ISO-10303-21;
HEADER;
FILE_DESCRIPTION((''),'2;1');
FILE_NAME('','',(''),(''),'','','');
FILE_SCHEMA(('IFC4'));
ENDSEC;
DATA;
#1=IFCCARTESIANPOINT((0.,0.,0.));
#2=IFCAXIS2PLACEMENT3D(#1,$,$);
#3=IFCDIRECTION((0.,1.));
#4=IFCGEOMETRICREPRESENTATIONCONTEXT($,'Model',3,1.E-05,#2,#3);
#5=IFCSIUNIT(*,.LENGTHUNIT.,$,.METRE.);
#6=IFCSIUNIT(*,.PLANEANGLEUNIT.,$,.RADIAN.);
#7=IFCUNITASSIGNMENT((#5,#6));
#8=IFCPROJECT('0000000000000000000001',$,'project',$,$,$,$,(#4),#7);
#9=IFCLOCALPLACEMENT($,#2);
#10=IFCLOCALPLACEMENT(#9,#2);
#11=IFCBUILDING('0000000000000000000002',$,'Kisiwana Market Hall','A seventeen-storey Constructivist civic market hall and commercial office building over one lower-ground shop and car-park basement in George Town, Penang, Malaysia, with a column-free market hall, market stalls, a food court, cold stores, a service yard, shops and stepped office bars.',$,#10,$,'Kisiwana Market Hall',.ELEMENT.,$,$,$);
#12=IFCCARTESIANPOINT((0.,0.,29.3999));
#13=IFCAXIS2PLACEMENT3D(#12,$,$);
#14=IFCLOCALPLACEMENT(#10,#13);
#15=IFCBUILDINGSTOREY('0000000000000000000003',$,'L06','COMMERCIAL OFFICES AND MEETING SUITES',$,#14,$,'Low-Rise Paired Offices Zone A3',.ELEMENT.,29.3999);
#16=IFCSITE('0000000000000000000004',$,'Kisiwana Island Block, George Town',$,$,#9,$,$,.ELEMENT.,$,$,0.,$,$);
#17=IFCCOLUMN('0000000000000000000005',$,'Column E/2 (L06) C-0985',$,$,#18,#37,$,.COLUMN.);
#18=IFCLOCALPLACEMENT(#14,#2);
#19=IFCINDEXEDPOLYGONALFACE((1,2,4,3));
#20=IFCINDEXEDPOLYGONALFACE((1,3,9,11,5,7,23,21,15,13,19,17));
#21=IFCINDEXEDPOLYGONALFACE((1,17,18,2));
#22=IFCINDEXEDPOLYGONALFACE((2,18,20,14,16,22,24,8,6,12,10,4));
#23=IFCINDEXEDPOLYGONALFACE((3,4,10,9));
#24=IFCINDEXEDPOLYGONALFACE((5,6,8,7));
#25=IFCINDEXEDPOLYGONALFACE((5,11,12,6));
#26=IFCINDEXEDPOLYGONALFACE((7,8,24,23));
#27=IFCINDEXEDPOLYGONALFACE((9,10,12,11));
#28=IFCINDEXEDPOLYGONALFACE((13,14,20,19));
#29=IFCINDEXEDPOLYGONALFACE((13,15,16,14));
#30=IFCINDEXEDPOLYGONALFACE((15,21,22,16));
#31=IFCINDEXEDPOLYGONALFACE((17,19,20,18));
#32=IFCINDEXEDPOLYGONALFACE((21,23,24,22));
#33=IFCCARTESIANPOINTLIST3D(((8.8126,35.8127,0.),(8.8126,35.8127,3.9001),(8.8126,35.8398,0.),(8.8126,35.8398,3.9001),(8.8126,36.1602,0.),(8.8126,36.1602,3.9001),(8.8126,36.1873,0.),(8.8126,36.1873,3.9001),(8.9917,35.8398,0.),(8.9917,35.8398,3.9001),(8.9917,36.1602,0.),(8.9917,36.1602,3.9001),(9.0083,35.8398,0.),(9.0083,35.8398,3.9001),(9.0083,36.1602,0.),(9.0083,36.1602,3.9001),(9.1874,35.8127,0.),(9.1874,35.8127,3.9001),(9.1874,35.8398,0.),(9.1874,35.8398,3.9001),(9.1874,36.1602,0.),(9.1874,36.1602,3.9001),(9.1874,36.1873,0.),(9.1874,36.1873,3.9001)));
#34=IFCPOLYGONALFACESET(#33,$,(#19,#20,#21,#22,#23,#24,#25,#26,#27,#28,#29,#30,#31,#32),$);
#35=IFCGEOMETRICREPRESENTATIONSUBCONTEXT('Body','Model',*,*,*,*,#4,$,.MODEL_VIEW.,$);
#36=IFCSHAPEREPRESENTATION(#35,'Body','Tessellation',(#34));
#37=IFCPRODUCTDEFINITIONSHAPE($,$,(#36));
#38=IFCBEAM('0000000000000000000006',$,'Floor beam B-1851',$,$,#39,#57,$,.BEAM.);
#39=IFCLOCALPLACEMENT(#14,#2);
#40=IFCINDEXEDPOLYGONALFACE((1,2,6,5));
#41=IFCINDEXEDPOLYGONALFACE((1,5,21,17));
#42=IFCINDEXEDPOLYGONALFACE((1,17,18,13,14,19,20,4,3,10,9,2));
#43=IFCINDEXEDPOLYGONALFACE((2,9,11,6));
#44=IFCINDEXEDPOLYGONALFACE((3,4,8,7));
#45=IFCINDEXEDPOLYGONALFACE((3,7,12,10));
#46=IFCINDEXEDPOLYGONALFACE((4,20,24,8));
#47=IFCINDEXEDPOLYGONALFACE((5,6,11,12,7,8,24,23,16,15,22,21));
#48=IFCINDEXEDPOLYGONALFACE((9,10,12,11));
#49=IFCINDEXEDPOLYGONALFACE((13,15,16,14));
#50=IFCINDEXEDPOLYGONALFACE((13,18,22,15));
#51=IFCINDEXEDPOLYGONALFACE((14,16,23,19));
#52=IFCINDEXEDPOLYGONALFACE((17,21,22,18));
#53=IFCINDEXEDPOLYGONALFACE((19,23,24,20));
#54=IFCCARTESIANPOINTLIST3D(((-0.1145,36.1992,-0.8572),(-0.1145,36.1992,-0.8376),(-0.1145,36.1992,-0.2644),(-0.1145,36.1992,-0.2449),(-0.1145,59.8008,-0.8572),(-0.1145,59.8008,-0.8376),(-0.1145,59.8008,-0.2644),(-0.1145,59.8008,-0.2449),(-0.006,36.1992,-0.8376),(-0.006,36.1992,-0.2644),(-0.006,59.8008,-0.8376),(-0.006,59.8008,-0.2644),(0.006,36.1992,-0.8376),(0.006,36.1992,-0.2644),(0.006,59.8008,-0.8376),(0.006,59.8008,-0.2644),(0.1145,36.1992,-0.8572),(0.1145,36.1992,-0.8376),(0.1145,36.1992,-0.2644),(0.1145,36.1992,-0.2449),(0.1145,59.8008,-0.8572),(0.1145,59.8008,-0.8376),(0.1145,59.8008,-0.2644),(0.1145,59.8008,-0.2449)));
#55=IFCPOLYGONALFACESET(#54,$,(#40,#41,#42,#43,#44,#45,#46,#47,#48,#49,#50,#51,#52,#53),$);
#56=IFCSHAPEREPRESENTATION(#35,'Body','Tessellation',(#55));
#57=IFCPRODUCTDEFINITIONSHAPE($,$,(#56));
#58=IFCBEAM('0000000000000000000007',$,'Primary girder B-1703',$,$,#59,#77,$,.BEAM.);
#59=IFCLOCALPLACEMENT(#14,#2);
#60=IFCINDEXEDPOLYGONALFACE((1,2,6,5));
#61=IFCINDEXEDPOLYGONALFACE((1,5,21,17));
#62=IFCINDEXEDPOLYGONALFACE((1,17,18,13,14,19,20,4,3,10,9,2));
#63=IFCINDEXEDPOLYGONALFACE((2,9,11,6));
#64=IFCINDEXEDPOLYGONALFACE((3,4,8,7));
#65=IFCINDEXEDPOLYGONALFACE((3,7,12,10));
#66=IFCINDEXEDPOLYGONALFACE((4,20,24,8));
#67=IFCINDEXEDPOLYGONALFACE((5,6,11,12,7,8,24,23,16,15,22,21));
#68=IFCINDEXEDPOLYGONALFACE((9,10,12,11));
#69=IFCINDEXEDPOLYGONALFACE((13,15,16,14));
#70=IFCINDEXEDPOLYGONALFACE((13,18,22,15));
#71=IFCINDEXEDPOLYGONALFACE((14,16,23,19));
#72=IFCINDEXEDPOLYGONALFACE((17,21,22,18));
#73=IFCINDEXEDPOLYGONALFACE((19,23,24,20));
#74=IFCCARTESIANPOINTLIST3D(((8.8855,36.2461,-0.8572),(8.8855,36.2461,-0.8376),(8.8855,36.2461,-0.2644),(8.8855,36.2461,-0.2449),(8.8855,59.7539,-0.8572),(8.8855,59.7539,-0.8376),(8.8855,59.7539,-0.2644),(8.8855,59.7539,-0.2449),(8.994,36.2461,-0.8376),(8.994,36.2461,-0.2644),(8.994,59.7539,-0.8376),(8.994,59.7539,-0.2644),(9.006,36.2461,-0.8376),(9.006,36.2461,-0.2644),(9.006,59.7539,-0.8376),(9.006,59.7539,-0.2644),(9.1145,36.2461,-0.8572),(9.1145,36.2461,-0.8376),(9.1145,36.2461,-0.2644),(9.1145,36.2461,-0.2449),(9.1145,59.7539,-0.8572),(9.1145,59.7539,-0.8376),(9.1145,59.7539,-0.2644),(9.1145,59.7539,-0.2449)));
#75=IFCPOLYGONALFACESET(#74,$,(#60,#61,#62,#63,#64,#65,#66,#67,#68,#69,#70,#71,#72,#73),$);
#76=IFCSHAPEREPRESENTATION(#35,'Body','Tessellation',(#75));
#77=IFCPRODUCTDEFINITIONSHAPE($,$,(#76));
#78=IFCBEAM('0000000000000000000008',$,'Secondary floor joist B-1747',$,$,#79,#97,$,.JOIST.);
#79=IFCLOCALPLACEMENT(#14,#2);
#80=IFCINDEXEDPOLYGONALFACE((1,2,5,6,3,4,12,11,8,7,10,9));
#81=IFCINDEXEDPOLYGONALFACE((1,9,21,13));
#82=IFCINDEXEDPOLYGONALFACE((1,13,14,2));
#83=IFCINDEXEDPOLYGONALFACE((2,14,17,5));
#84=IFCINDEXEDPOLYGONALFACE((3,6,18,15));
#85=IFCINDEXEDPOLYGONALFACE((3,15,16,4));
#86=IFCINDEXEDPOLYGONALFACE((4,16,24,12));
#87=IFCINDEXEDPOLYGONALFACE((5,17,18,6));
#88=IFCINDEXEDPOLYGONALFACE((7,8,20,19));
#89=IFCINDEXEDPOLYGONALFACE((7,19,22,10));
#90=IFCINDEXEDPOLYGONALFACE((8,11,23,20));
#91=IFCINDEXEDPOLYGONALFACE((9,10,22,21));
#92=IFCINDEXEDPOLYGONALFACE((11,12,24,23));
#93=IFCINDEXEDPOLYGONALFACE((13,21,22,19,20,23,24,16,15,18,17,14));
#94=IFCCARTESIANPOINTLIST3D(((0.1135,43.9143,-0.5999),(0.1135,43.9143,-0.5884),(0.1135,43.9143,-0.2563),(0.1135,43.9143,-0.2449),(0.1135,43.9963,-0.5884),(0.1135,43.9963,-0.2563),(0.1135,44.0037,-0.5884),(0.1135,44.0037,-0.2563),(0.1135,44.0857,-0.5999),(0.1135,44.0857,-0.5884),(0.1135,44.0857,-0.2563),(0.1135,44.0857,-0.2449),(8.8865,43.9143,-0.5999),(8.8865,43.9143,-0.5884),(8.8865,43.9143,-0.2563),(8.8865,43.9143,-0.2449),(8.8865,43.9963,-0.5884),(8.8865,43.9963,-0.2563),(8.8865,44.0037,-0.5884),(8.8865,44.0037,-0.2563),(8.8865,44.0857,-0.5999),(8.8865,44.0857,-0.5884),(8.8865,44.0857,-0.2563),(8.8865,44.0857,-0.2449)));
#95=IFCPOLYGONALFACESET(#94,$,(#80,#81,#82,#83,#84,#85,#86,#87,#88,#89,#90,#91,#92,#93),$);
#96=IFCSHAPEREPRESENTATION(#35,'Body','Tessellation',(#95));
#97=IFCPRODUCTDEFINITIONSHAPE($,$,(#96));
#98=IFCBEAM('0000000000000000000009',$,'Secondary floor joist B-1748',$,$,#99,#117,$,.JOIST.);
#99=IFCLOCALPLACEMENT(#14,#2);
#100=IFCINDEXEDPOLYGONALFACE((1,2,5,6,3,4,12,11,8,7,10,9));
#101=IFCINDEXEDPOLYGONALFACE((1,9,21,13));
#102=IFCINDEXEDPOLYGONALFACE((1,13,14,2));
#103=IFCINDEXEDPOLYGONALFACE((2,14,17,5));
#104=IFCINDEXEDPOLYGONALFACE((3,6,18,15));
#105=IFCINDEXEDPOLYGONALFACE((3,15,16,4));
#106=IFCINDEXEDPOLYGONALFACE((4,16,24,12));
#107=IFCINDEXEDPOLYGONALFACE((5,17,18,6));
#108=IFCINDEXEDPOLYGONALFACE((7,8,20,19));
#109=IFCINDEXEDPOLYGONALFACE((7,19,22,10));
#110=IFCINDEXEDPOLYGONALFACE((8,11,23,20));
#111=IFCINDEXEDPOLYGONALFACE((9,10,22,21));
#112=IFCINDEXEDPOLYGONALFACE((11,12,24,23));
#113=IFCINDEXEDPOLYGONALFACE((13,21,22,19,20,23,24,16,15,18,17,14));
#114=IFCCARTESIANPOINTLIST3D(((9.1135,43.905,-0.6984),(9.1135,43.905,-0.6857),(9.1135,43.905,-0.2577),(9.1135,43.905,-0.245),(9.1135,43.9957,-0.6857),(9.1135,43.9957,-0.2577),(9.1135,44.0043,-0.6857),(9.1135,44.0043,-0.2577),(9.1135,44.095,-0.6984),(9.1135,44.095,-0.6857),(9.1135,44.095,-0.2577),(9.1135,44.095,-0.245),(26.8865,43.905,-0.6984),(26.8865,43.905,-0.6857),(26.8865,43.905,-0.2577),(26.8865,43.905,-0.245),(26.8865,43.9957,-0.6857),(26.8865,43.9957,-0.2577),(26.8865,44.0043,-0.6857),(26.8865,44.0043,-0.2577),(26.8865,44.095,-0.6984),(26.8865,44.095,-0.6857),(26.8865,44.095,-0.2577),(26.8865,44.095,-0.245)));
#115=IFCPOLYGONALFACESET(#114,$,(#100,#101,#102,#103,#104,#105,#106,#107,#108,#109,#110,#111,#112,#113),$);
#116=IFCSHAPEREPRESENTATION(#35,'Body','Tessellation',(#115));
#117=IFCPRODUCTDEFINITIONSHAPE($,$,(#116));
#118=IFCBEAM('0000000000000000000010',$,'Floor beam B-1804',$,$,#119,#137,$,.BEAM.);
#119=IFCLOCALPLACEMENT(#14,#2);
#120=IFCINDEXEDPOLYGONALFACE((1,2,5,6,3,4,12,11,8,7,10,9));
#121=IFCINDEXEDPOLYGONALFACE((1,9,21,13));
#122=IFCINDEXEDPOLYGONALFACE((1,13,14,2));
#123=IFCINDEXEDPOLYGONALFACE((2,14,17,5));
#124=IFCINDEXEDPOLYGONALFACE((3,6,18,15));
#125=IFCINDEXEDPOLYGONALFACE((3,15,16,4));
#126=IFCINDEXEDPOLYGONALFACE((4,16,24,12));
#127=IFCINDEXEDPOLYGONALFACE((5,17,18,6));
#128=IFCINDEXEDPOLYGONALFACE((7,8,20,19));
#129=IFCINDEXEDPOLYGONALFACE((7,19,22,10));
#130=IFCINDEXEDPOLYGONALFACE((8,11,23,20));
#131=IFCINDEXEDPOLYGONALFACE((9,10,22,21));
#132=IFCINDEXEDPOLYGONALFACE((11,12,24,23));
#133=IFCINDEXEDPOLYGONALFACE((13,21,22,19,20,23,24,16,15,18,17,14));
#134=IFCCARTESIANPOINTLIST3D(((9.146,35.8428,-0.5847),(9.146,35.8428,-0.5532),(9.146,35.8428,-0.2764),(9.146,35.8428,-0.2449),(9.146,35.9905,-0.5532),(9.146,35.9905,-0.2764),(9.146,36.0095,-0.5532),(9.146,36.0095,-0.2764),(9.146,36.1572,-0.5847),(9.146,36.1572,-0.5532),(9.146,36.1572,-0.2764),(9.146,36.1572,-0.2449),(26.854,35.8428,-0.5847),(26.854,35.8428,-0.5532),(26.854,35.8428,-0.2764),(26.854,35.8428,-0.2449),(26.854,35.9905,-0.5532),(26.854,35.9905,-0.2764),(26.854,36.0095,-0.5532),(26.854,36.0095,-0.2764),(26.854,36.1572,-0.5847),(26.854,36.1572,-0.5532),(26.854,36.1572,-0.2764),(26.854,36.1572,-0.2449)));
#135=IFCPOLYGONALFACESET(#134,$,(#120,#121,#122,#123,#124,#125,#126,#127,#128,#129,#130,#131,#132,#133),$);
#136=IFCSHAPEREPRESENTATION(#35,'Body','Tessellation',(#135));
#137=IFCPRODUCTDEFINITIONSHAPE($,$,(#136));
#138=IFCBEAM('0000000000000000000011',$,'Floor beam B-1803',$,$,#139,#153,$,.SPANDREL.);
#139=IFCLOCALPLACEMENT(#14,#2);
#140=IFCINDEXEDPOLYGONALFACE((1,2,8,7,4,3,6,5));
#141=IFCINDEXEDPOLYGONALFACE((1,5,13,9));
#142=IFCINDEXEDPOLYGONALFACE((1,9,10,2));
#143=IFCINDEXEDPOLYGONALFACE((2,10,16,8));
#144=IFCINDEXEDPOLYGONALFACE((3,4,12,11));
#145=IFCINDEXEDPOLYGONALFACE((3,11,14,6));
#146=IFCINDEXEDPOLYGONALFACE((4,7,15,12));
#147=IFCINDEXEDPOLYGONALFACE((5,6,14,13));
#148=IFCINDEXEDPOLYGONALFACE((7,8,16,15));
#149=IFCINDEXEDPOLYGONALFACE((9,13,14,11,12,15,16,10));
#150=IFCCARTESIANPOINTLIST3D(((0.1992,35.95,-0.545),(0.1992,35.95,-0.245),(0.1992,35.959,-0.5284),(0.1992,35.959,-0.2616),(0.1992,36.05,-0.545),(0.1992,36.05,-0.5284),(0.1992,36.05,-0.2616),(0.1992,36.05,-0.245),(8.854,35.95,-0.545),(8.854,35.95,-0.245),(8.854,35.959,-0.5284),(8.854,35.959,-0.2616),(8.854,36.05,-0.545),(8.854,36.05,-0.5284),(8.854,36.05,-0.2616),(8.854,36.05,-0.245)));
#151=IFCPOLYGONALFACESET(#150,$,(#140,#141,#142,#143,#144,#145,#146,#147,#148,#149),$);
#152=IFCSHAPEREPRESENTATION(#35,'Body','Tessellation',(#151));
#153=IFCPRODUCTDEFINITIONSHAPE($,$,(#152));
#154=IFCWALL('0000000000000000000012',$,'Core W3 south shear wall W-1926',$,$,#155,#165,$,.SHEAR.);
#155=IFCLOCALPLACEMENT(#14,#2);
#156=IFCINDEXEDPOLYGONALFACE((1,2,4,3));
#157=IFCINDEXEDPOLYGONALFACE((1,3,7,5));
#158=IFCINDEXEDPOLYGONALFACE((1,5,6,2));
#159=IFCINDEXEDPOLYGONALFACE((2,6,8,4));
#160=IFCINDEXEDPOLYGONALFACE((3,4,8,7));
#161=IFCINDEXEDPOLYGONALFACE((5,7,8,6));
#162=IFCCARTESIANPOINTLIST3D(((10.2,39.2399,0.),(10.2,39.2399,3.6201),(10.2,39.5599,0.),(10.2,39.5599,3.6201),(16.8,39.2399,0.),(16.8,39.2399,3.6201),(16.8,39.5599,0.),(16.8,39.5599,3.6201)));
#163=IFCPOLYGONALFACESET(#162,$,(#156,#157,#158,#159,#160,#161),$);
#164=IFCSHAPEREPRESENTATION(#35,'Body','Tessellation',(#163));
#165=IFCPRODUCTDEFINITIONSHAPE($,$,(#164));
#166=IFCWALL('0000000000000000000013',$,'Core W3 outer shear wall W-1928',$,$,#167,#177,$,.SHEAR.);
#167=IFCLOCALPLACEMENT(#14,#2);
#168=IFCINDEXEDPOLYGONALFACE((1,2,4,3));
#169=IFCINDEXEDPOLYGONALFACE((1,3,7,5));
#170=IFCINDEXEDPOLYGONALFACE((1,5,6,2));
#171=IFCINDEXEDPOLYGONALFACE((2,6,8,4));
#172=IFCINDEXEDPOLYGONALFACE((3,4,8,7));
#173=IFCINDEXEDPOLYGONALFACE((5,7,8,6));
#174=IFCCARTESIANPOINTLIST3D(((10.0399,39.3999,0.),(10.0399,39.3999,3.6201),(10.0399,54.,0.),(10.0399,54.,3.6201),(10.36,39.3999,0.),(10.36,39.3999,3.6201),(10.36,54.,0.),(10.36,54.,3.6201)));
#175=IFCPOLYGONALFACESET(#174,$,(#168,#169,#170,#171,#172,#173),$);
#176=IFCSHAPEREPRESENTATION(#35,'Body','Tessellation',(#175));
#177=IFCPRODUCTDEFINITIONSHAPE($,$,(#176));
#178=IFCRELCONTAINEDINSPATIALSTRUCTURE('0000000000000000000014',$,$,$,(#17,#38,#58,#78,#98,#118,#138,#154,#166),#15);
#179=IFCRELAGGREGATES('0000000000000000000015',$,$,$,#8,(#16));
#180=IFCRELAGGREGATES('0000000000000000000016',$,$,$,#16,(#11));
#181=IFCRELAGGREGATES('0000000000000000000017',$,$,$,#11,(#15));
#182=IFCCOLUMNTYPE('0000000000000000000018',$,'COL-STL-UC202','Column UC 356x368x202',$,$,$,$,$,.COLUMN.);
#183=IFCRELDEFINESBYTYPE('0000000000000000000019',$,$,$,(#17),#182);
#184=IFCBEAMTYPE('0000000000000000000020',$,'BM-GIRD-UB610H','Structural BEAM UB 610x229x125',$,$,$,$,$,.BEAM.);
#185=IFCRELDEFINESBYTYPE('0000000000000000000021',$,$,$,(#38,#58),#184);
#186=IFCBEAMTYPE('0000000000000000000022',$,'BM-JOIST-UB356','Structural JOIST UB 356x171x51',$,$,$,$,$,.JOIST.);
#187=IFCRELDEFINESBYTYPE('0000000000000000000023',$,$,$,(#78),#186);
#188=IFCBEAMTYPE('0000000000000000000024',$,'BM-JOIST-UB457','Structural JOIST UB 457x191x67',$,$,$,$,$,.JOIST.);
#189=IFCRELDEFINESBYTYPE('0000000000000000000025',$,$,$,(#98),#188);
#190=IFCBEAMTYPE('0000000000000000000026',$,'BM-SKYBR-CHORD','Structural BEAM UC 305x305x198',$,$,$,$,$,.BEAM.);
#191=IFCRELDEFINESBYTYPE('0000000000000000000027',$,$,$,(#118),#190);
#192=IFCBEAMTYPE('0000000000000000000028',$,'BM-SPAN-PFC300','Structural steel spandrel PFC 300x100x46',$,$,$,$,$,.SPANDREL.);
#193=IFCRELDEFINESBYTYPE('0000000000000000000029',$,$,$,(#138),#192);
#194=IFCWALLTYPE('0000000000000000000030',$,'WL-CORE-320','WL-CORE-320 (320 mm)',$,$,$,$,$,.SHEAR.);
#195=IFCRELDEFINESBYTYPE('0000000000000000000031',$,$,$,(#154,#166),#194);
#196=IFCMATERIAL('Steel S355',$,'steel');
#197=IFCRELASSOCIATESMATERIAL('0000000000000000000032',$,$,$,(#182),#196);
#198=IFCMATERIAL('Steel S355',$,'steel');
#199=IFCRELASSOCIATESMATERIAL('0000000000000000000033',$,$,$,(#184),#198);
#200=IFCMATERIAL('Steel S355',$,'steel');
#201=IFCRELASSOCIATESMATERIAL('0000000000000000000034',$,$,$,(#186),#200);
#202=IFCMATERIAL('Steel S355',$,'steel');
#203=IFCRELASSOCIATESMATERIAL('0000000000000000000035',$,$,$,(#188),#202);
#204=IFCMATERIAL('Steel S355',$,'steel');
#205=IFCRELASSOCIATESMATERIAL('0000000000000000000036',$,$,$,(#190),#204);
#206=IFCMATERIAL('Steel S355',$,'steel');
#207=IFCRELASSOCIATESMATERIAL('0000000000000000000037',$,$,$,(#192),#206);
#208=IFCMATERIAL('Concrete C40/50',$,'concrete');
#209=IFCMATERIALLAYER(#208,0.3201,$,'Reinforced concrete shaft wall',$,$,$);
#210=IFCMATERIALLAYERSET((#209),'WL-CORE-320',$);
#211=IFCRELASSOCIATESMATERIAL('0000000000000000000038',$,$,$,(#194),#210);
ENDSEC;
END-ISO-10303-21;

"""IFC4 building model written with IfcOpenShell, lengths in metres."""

from ifc_helpers import new_model, si_unit, direction, frame, frame_2d, origin, origin_2d, place, context, subcontext, project, spatial, rectangle, i_section, u_section, extrude, material, layer, layer_set, material_profile, profile_set, type_object, element, save


model = new_model("IFC4")

# Units and contexts
model_context = context("Model", 3, precision=1e-05, world=origin(), true_north=direction((0.0, 1.0)))
body_context = subcontext(model_context, "Body", "Model", "MODEL_VIEW")
ifc_project = project(units=[si_unit("LENGTHUNIT", "METRE"), si_unit("PLANEANGLEUNIT", "RADIAN")], contexts=[model_context])

# Site, building, storey
site_placement = place(None, origin())
site = spatial("IfcSite", under=ifc_project, at=site_placement, Name="Kisiwana Island Block, George Town", CompositionType="ELEMENT", RefElevation=0.0)
building_placement = place(site_placement, origin())
building = spatial("IfcBuilding", under=site, at=building_placement, Name="Kisiwana Market Hall", Description="A seventeen-storey Constructivist civic market hall and commercial office building over one lower-ground shop and car-park basement in George Town, Penang, Malaysia, with a column-free market hall, market stalls, a food court, cold stores, a service yard, shops and stepped office bars.", LongName="Kisiwana Market Hall", CompositionType="ELEMENT")
storey_placement = place(building_placement, frame((0.0, 0.0, 29.3999)))
storey = spatial("IfcBuildingStorey", under=building, at=storey_placement, Name="L06", Description="COMMERCIAL OFFICES AND MEETING SUITES", LongName="Low-Rise Paired Offices Zone A3", CompositionType="ELEMENT", Elevation=29.3999)

# Column
ifc_material_1 = material(Name="Steel S355", Category="steel")
ifc_material_profile_1 = material_profile(ifc_material_1, i_section(OverallWidth=0.3748, OverallDepth=0.3745, WebThickness=0.0166, FlangeThickness=0.0271, at=origin_2d()), Name="UC 356x368x202")
ifc_profile_set_1 = profile_set([ifc_material_profile_1], Name="Steel S355")
column_type = type_object("IfcColumnType", Name="COL-STL-UC202", Description="Column UC 356x368x202", PredefinedType="COLUMN", material=ifc_profile_set_1)
column_placement = place(storey_placement, frame((9.0, 36.0, 0.0), z_axis=(0.0, 0.0, 1.0), x_axis=(1.0, 0.0, 0.0)))
element("IfcColumn", 1, at=column_placement, inside=storey, type_object=column_type, Name="Column E/2 (L06) C-0985", PredefinedType="COLUMN", context=body_context, shape_type="SweptSolid", body=[
    extrude(i_section(OverallWidth=0.3748, OverallDepth=0.3745, WebThickness=0.0166, FlangeThickness=0.0271, at=origin_2d()), origin(), (0.0, 0.0, 1.0), 3.9001),
])

# Beams
ifc_material_2 = material(Name="Steel S355", Category="steel")
ifc_material_profile_2 = material_profile(ifc_material_2, i_section(OverallWidth=0.229, OverallDepth=0.6123, WebThickness=0.012, FlangeThickness=0.0195, at=origin_2d()), Name="UB 610x229x125")
ifc_profile_set_2 = profile_set([ifc_material_profile_2], Name="Steel S355")
beam_type_1 = type_object("IfcBeamType", Name="BM-GIRD-UB610H", Description="Structural BEAM UB 610x229x125", PredefinedType="BEAM", material=ifc_profile_set_2)
beam_1_placement = place(storey_placement, frame((0.0, 36.1992, -0.551), z_axis=(0.0, 1.0, 0.0), x_axis=(-1.0, 0.0, 0.0)))
element("IfcBeam", 2, at=beam_1_placement, inside=storey, type_object=beam_type_1, Name="Floor beam B-1851", PredefinedType="BEAM", context=body_context, shape_type="SweptSolid", body=[
    extrude(i_section(OverallWidth=0.229, OverallDepth=0.6123, WebThickness=0.012, FlangeThickness=0.0195, at=origin_2d()), origin(), (0.0, 0.0, 1.0), 23.6016),
])
beam_2_placement = place(storey_placement, frame((9.0, 36.2461, -0.551), z_axis=(0.0, 1.0, 0.0), x_axis=(-1.0, 0.0, 0.0)))
element("IfcBeam", 3, at=beam_2_placement, inside=storey, type_object=beam_type_1, Name="Primary girder B-1703", PredefinedType="BEAM", context=body_context, shape_type="SweptSolid", body=[
    extrude(i_section(OverallWidth=0.229, OverallDepth=0.6123, WebThickness=0.012, FlangeThickness=0.0195, at=origin_2d()), origin(), (0.0, 0.0, 1.0), 23.5078),
])
ifc_material_3 = material(Name="Steel S355", Category="steel")
ifc_material_profile_3 = material_profile(ifc_material_3, i_section(OverallWidth=0.1714, OverallDepth=0.355, WebThickness=0.0073, FlangeThickness=0.0115, at=origin_2d()), Name="UB 356x171x51")
ifc_profile_set_3 = profile_set([ifc_material_profile_3], Name="Steel S355")
beam_type_2 = type_object("IfcBeamType", Name="BM-JOIST-UB356", Description="Structural JOIST UB 356x171x51", PredefinedType="JOIST", material=ifc_profile_set_3)
beam_3_placement = place(storey_placement, frame((0.1135, 44.0, -0.4224), z_axis=(1.0, 0.0, 0.0), x_axis=(0.0, 1.0, 0.0)))
element("IfcBeam", 4, at=beam_3_placement, inside=storey, type_object=beam_type_2, Name="Secondary floor joist B-1747", PredefinedType="JOIST", context=body_context, shape_type="SweptSolid", body=[
    extrude(i_section(OverallWidth=0.1714, OverallDepth=0.355, WebThickness=0.0073, FlangeThickness=0.0115, at=origin_2d()), origin(), (0.0, 0.0, 1.0), 8.7729),
])
ifc_material_4 = material(Name="Steel S355", Category="steel")
ifc_material_profile_4 = material_profile(ifc_material_4, i_section(OverallWidth=0.1899, OverallDepth=0.4534, WebThickness=0.0085, FlangeThickness=0.0127, at=origin_2d()), Name="UB 457x191x67")
ifc_profile_set_4 = profile_set([ifc_material_profile_4], Name="Steel S355")
beam_type_3 = type_object("IfcBeamType", Name="BM-JOIST-UB457", Description="Structural JOIST UB 457x191x67", PredefinedType="JOIST", material=ifc_profile_set_4)
beam_4_placement = place(storey_placement, frame((9.1135, 44.0, -0.4717), z_axis=(1.0, 0.0, 0.0), x_axis=(0.0, 1.0, 0.0)))
element("IfcBeam", 5, at=beam_4_placement, inside=storey, type_object=beam_type_3, Name="Secondary floor joist B-1748", PredefinedType="JOIST", context=body_context, shape_type="SweptSolid", body=[
    extrude(i_section(OverallWidth=0.1899, OverallDepth=0.4534, WebThickness=0.0085, FlangeThickness=0.0127, at=origin_2d()), origin(), (0.0, 0.0, 1.0), 17.7729),
])
ifc_material_5 = material(Name="Steel S355", Category="steel")
ifc_material_profile_5 = material_profile(ifc_material_5, i_section(OverallWidth=0.3145, OverallDepth=0.3398, WebThickness=0.019, FlangeThickness=0.0315, at=origin_2d()), Name="UC 305x305x198")
ifc_profile_set_5 = profile_set([ifc_material_profile_5], Name="Steel S355")
beam_type_4 = type_object("IfcBeamType", Name="BM-SKYBR-CHORD", Description="Structural BEAM UC 305x305x198", PredefinedType="BEAM", material=ifc_profile_set_5)
beam_5_placement = place(storey_placement, frame((9.146, 36.0, -0.4148), z_axis=(1.0, 0.0, 0.0), x_axis=(0.0, 1.0, 0.0)))
element("IfcBeam", 6, at=beam_5_placement, inside=storey, type_object=beam_type_4, Name="Floor beam B-1804", PredefinedType="BEAM", context=body_context, shape_type="SweptSolid", body=[
    extrude(i_section(OverallWidth=0.3145, OverallDepth=0.3398, WebThickness=0.019, FlangeThickness=0.0315, at=origin_2d()), origin(), (0.0, 0.0, 1.0), 17.708),
])
ifc_material_6 = material(Name="Steel S355", Category="steel")
ifc_material_profile_6 = material_profile(ifc_material_6, u_section(Depth=0.3, FlangeWidth=0.1001, WebThickness=0.009, FlangeThickness=0.0166, at=origin_2d()), Name="PFC 300x100x46")
ifc_profile_set_6 = profile_set([ifc_material_profile_6], Name="Steel S355")
beam_type_5 = type_object("IfcBeamType", Name="BM-SPAN-PFC300", Description="Structural steel spandrel PFC 300x100x46", PredefinedType="SPANDREL", material=ifc_profile_set_6)
beam_6_placement = place(storey_placement, frame((0.1992, 36.0, -0.395), z_axis=(1.0, 0.0, 0.0), x_axis=(0.0, 1.0, 0.0)))
element("IfcBeam", 7, at=beam_6_placement, inside=storey, type_object=beam_type_5, Name="Floor beam B-1803", PredefinedType="SPANDREL", context=body_context, shape_type="SweptSolid", body=[
    extrude(u_section(Depth=0.3, FlangeWidth=0.1001, WebThickness=0.009, FlangeThickness=0.0166, at=origin_2d()), origin(), (0.0, 0.0, 1.0), 8.6548),
])

# Walls
ifc_material_7 = material(Name="Concrete C40/50", Category="concrete")
ifc_layer_1 = layer(ifc_material_7, 0.3201, Name="Reinforced concrete shaft wall")
ifc_layer_set_1 = layer_set([ifc_layer_1], Name="WL-CORE-320")
wall_type_1 = type_object("IfcWallType", Name="WL-CORE-320", Description="WL-CORE-320 (320 mm)", PredefinedType="SHEAR", material=ifc_layer_set_1)
wall_1_placement = place(storey_placement, frame((10.2, 39.3999, 0.0), z_axis=(0.0, 0.0, 1.0), x_axis=(1.0, 0.0, 0.0)))
element("IfcWall", 8, at=wall_1_placement, inside=storey, type_object=wall_type_1, Name="Core W3 south shear wall W-1926", PredefinedType="SHEAR", context=body_context, shape_type="SweptSolid", body=[
    extrude(rectangle(XDim=6.6001, YDim=0.3201, at=frame_2d((3.3, 0.0))), origin(), (0.0, 0.0, 1.0), 3.6201),
])
wall_2_placement = place(storey_placement, frame((10.2, 39.3999, 0.0), z_axis=(0.0, 0.0, 1.0), x_axis=(0.0, 1.0, 0.0)))
element("IfcWall", 9, at=wall_2_placement, inside=storey, type_object=wall_type_1, Name="Core W3 outer shear wall W-1928", PredefinedType="SHEAR", context=body_context, shape_type="SweptSolid", body=[
    extrude(rectangle(XDim=14.6001, YDim=0.3201, at=frame_2d((7.3, 0.0))), origin(), (0.0, 0.0, 1.0), 3.6201),
])

save(model, "model.ifc")
